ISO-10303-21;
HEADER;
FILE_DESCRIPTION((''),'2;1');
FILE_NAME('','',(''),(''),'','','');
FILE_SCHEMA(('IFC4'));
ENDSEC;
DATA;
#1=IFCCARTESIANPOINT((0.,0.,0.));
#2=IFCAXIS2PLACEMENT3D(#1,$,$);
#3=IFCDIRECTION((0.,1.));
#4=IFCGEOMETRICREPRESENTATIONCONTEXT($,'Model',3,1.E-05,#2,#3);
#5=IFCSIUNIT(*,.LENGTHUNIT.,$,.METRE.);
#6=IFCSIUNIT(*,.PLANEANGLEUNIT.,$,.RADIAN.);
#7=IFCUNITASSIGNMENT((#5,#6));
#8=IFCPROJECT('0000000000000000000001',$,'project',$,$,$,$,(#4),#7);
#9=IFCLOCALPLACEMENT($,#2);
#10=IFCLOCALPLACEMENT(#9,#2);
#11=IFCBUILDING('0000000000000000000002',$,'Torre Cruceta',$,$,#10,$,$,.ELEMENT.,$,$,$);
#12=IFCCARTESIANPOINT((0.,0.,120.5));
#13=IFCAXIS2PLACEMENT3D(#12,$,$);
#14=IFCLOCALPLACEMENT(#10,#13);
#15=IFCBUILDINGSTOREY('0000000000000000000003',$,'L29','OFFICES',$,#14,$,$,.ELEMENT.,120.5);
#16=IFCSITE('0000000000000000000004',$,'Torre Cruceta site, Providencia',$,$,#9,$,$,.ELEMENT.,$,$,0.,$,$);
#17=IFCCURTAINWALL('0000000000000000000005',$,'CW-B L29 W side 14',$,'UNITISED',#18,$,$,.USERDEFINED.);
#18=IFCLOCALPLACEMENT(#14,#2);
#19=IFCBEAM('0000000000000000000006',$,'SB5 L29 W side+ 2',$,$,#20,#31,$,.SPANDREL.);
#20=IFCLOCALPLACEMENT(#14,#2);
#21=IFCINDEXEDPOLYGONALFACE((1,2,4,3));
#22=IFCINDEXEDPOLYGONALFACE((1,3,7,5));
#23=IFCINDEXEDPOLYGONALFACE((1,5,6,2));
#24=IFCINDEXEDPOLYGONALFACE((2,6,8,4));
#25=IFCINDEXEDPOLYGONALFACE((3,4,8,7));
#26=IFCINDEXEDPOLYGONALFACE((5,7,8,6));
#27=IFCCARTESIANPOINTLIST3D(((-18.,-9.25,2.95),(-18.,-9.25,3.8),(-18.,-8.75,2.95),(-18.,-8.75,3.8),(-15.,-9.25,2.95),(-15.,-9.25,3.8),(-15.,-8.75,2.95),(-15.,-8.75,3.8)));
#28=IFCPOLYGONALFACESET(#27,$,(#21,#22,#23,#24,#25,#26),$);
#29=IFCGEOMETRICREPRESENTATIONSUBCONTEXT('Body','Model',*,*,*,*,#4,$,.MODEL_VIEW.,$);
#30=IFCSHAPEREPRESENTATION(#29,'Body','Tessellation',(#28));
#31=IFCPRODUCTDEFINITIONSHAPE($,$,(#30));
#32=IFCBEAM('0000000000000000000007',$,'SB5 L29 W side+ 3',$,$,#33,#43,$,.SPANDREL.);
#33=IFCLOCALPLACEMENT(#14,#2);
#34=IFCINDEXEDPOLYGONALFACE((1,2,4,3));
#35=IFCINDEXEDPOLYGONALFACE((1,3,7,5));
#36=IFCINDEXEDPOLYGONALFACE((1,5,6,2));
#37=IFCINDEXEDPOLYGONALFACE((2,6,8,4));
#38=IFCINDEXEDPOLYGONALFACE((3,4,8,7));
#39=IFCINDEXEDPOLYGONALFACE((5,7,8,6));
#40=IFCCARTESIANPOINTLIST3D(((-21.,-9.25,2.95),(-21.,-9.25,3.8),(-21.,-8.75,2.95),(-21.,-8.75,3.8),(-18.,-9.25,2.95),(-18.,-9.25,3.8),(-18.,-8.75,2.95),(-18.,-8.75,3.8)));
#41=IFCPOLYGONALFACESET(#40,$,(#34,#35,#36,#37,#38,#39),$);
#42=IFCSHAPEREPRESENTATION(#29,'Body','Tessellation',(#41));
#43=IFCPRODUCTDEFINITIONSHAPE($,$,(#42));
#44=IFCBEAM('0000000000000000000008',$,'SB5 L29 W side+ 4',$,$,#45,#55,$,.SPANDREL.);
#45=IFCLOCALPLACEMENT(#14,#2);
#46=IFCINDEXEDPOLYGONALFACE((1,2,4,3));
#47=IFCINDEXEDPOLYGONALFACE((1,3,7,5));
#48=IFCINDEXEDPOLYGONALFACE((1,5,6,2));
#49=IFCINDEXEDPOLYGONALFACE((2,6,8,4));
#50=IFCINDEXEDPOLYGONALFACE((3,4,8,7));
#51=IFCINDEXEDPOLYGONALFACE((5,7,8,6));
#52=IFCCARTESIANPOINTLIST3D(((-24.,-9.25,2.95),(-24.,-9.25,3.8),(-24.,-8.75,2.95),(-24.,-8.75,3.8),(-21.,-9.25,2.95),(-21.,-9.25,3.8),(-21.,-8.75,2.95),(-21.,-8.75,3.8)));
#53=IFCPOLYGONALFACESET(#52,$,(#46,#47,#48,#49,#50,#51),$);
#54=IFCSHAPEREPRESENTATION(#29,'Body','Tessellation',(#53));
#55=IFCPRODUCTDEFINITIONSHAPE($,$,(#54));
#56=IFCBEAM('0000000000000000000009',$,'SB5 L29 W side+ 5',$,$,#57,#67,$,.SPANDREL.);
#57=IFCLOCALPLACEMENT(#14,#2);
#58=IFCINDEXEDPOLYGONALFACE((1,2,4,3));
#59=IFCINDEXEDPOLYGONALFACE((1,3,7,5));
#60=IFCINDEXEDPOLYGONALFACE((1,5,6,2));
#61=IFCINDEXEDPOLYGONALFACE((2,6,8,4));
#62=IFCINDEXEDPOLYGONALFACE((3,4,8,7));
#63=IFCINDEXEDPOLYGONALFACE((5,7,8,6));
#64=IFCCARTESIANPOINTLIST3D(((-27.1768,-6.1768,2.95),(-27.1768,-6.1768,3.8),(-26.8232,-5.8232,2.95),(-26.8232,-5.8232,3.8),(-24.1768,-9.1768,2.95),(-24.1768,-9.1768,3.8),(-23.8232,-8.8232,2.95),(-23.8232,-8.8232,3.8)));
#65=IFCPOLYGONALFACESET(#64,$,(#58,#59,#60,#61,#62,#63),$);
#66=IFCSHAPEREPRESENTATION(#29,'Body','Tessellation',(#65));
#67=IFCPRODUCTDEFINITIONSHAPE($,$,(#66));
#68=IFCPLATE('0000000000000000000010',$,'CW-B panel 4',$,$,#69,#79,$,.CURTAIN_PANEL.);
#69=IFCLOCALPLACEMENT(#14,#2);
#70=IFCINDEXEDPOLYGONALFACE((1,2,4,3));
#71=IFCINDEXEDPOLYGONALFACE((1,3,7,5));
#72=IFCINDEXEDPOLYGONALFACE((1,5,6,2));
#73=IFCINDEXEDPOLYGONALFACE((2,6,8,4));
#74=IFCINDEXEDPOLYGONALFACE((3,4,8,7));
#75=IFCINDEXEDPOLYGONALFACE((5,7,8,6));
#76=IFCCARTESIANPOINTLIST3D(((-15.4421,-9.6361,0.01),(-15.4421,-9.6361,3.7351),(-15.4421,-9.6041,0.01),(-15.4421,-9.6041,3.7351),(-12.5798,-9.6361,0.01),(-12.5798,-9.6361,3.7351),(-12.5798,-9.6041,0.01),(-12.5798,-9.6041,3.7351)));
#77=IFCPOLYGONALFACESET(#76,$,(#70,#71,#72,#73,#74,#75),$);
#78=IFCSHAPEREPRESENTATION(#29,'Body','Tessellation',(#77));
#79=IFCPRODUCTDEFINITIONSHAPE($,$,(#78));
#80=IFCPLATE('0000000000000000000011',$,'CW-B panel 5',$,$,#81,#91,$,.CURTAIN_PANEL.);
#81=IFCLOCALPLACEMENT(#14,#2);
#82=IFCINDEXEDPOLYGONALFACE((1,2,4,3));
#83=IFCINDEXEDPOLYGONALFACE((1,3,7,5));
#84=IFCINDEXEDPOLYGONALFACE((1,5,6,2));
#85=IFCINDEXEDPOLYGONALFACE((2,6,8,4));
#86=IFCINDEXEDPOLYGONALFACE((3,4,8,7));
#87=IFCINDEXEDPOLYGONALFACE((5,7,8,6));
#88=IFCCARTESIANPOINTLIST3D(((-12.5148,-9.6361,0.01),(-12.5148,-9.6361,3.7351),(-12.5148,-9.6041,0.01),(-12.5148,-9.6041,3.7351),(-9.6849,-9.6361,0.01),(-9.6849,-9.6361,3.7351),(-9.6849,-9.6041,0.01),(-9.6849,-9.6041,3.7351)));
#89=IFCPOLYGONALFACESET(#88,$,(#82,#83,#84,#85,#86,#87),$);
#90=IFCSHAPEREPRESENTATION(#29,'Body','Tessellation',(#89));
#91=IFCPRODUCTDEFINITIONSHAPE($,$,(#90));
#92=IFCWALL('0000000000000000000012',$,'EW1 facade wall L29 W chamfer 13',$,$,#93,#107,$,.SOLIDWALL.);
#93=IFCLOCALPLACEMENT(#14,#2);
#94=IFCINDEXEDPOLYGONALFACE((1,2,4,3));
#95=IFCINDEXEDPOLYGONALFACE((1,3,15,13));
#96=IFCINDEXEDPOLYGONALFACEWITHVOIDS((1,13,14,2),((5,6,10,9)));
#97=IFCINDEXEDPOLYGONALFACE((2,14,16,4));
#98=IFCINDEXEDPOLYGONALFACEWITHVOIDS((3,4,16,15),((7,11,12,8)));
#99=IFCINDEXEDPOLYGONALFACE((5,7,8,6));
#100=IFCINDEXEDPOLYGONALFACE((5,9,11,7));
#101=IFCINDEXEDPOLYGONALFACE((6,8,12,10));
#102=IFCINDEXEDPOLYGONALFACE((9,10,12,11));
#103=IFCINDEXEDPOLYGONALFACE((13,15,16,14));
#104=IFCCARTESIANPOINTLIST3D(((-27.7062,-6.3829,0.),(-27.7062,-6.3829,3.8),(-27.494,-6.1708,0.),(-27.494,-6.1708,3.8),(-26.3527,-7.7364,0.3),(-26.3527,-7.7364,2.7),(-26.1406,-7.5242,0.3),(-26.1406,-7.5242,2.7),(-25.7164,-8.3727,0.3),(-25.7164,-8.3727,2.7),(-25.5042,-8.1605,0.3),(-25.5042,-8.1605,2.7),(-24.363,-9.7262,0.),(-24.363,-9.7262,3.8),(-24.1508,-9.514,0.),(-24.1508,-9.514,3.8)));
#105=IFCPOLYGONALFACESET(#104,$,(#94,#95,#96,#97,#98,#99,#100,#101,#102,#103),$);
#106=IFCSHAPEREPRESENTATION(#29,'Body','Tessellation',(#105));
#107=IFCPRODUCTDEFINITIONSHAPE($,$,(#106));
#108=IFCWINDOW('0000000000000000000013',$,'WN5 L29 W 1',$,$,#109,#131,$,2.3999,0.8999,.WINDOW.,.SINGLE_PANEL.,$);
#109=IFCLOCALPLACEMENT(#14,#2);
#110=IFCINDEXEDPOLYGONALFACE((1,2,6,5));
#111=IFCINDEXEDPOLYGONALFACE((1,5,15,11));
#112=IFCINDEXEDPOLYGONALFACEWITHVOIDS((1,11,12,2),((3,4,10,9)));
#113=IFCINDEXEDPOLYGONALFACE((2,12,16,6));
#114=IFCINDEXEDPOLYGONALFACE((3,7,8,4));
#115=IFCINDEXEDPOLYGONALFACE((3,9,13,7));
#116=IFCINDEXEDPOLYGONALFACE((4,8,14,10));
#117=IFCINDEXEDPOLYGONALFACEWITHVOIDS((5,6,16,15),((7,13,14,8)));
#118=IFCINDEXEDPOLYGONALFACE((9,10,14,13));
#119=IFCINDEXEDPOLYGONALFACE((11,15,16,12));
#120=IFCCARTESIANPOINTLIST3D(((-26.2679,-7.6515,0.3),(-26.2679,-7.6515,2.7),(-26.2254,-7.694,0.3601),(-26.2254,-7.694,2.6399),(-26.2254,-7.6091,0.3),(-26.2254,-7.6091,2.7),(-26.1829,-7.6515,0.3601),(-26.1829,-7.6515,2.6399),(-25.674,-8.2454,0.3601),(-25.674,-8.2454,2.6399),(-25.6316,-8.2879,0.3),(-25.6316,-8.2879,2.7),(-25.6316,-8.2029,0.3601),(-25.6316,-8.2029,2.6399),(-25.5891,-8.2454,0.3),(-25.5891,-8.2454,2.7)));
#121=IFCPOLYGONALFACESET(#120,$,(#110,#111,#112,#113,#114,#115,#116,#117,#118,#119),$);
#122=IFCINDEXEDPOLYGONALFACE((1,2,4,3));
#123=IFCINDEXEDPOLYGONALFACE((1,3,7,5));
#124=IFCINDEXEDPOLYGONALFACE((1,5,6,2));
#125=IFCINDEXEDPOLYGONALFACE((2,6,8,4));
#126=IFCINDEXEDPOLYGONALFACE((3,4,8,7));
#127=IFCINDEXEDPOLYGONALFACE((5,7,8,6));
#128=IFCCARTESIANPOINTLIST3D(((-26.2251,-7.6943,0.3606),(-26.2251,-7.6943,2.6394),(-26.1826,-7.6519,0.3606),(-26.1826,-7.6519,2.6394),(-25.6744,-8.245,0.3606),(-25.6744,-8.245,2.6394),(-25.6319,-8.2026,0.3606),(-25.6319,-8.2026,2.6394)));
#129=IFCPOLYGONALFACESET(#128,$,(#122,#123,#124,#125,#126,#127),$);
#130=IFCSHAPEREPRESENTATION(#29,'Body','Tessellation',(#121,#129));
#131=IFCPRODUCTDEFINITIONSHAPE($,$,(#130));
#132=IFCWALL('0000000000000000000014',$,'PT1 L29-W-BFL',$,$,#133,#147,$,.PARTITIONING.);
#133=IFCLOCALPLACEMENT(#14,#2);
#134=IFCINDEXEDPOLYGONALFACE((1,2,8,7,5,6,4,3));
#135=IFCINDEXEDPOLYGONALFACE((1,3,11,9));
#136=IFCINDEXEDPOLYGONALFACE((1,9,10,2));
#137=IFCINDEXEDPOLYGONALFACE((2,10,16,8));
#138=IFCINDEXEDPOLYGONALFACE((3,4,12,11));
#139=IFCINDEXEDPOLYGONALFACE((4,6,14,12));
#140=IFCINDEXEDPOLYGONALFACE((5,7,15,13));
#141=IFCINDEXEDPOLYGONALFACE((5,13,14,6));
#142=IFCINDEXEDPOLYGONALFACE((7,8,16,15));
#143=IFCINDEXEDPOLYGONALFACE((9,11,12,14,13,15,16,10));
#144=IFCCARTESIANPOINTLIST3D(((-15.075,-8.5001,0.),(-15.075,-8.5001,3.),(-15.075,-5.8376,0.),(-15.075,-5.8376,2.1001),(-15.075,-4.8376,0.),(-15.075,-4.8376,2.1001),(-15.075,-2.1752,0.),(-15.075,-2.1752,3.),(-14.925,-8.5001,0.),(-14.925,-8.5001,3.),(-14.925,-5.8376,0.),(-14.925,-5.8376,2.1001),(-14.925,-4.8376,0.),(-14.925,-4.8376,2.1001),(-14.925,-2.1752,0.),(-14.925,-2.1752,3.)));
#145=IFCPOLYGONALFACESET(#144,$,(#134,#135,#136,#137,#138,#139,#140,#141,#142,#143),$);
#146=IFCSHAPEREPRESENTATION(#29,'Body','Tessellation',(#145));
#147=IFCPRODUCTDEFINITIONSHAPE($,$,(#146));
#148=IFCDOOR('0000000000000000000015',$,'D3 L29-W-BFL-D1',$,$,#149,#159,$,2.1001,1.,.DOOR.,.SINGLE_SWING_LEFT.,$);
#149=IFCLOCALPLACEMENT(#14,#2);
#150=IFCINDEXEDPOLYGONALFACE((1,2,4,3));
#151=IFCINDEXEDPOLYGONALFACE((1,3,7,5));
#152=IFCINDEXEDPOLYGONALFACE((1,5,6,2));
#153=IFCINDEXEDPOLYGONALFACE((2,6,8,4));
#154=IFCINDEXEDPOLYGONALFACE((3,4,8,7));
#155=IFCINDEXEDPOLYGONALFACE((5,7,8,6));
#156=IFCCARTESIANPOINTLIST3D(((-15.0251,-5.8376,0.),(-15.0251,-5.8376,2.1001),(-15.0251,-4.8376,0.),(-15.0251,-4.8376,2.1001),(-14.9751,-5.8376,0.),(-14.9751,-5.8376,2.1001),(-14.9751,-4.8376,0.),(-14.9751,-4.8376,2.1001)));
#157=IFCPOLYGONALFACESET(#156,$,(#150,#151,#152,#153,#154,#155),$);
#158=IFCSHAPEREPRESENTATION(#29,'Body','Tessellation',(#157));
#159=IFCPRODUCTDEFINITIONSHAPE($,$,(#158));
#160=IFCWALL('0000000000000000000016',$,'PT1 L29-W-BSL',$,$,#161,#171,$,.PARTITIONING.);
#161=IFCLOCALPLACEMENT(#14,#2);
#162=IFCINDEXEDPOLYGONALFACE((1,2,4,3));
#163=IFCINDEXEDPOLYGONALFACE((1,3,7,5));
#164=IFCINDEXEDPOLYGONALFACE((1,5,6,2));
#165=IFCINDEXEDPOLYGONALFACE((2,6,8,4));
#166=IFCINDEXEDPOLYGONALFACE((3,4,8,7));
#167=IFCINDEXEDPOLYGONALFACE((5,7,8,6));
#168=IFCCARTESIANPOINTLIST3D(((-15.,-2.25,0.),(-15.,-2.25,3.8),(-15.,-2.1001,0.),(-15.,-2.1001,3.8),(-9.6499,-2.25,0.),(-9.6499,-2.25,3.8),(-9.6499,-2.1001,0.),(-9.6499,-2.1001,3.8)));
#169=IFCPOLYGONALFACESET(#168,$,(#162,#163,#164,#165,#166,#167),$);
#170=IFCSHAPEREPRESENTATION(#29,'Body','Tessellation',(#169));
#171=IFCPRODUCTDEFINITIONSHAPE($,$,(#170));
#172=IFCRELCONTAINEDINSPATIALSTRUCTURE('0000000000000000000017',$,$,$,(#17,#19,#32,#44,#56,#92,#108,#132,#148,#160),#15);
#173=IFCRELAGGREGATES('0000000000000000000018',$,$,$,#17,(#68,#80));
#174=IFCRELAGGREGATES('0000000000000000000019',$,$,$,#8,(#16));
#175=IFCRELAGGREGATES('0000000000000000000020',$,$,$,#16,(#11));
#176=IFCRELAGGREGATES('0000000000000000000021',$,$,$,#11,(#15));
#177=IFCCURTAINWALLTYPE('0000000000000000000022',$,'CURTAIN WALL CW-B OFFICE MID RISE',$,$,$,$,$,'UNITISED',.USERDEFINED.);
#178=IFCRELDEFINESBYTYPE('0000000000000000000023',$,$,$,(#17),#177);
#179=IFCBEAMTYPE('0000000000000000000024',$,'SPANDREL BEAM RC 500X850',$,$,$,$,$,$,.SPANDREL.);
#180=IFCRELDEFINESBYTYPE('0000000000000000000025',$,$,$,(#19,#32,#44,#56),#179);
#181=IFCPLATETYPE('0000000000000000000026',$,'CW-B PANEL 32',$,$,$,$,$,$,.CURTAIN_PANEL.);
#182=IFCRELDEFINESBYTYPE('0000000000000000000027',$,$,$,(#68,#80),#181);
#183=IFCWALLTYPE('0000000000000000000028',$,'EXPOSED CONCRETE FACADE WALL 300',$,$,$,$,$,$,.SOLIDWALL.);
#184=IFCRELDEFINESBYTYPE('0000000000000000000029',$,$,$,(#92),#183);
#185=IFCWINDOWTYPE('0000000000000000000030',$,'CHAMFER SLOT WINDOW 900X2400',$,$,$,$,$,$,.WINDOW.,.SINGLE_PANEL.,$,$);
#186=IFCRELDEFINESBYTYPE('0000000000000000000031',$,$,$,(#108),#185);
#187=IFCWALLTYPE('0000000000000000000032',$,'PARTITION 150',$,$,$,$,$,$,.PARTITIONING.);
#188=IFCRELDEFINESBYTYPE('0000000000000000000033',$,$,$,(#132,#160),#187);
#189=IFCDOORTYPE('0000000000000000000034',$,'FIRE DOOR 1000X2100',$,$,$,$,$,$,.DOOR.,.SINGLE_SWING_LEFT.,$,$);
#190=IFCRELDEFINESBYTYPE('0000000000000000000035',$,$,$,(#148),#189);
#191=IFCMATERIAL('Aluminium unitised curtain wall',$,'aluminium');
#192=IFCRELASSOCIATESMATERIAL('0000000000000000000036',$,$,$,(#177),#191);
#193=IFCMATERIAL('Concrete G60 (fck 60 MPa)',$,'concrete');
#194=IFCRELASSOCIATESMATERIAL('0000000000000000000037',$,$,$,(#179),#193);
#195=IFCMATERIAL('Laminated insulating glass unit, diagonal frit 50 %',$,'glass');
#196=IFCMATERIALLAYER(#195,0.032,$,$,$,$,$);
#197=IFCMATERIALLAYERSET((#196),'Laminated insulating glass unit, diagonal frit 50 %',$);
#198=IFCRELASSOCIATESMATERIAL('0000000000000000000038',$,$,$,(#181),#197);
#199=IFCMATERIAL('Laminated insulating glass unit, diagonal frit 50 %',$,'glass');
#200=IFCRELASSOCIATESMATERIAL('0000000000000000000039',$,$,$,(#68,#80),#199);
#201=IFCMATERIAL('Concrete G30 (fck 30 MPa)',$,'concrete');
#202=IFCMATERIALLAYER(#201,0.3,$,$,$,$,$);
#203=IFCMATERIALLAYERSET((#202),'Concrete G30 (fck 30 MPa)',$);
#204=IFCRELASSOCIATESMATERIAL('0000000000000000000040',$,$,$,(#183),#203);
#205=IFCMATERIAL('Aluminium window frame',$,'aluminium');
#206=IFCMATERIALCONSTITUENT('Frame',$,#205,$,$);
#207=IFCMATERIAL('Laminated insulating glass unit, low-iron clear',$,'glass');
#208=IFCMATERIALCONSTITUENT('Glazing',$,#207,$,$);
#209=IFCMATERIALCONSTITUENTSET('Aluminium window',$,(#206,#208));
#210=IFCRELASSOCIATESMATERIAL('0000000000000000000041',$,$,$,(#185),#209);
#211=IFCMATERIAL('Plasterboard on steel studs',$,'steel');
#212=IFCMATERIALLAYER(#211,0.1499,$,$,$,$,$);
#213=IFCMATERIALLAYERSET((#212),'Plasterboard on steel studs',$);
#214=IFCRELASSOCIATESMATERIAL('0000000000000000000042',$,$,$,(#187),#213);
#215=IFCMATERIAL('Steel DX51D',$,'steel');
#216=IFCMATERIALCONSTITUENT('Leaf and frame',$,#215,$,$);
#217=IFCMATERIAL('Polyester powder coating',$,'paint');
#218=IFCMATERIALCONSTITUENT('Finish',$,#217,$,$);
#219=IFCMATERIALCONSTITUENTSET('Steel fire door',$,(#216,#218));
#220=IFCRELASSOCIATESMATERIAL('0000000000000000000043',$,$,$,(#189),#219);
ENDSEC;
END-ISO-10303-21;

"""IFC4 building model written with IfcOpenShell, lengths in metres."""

from ifc_helpers import new_model, si_unit, direction, frame, frame_2d, origin, origin_2d, place, context, subcontext, project, spatial, rectangle, hollow_rectangle, extrude, material, layer, layer_set, constituent, constituent_set, material_profile, profile_set, type_object, element, fill, aggregate, save


model = new_model("IFC4")

# Units and contexts
model_context = context("Model", 3, precision=1e-05, world=origin(), true_north=direction((0.0, 1.0)))
body_context = subcontext(model_context, "Body", "Model", "MODEL_VIEW")
ifc_project = project(units=[si_unit("LENGTHUNIT", "METRE"), si_unit("PLANEANGLEUNIT", "RADIAN")], contexts=[model_context])

# Site, building, storey
site_placement = place(None, origin())
site = spatial("IfcSite", under=ifc_project, at=site_placement, Name="Torre Cruceta site, Providencia", CompositionType="ELEMENT", RefElevation=0.0)
building_placement = place(site_placement, origin())
building = spatial("IfcBuilding", under=site, at=building_placement, Name="Torre Cruceta", CompositionType="ELEMENT")
storey_placement = place(building_placement, frame((0.0, 0.0, 120.5)))
storey = spatial("IfcBuildingStorey", under=building, at=storey_placement, Name="L29", Description="OFFICES", CompositionType="ELEMENT", Elevation=120.5)

# Curtain wall
ifc_material_1 = material(Name="Aluminium unitised curtain wall", Category="aluminium")
curtain_wall_type = type_object("IfcCurtainWallType", Name="CURTAIN WALL CW-B OFFICE MID RISE", ElementType="UNITISED", PredefinedType="USERDEFINED", material=ifc_material_1)
curtain_wall_placement = place(storey_placement, origin())
curtain_wall = element("IfcCurtainWall", 1, at=curtain_wall_placement, inside=storey, type_object=curtain_wall_type, Name="CW-B L29 W side 14", ObjectType="UNITISED", PredefinedType="USERDEFINED")

# Beams
ifc_material_2 = material(Name="Concrete G60 (fck 60 MPa)", Category="concrete")
ifc_material_profile_1 = material_profile(ifc_material_2, rectangle(XDim=0.5, YDim=0.8501, at=origin_2d()), Name="RC 500X850")
ifc_profile_set_1 = profile_set([ifc_material_profile_1], Name="Concrete G60 (fck 60 MPa)")
beam_type_1 = type_object("IfcBeamType", Name="SPANDREL BEAM RC 500X850", PredefinedType="SPANDREL", material=ifc_profile_set_1)
for number, where, z_axis, x_axis, name in (
    (2, (-15.0, -9.0, 3.375), (-1.0, 0.0, 0.0), (0.0, -1.0, 0.0), "SB5 L29 W side+ 2"),
    (3, (-18.0, -9.0, 3.375), (-1.0, 0.0, 0.0), (0.0, -1.0, 0.0), "SB5 L29 W side+ 3"),
    (4, (-21.0, -9.0, 3.375), (-1.0, 0.0, 0.0), (0.0, -1.0, 0.0), "SB5 L29 W side+ 4"),
):
    element("IfcBeam", number, at=place(storey_placement, frame(where, z_axis=z_axis, x_axis=x_axis)), inside=storey, type_object=beam_type_1, Name=name, PredefinedType="SPANDREL", context=body_context, shape_type="SweptSolid", body=[
        extrude(rectangle(XDim=0.5, YDim=0.8501, at=origin_2d()), origin(), (0.0, 0.0, 1.0), 3.0),
    ])
beam_1_placement = place(storey_placement, frame((-24.0, -9.0, 3.375), z_axis=(-0.707107, 0.707107, 0.0), x_axis=(-0.707107, -0.707107, 0.0)))
element("IfcBeam", 5, at=beam_1_placement, inside=storey, type_object=beam_type_1, Name="SB5 L29 W side+ 5", PredefinedType="SPANDREL", context=body_context, shape_type="SweptSolid", body=[
    extrude(rectangle(XDim=0.5, YDim=0.8501, at=origin_2d()), origin(), (0.0, 0.0, 1.0), 4.2427),
])

# Plates
ifc_material_3 = material(Name="Laminated insulating glass unit, diagonal frit 50 %", Category="glass")
ifc_material_4 = material(Name="Laminated insulating glass unit, diagonal frit 50 %", Category="glass")
ifc_layer_1 = layer(ifc_material_4, 0.032)
ifc_layer_set_1 = layer_set([ifc_layer_1], Name="Laminated insulating glass unit, diagonal frit 50 %")
plate_type = type_object("IfcPlateType", Name="CW-B PANEL 32", PredefinedType="CURTAIN_PANEL", material=ifc_layer_set_1)
plate_1_placement = place(storey_placement, frame((-14.011, -9.6201, 0.01), z_axis=(0.0, 0.0, 1.0), x_axis=(1.0, 0.0, 0.0)))
plate_1 = element("IfcPlate", 6, at=plate_1_placement, type_object=plate_type, material=ifc_material_3, Name="CW-B panel 4", PredefinedType="CURTAIN_PANEL", context=body_context, shape_type="SweptSolid", body=[
    extrude(rectangle(XDim=2.8623, YDim=0.032, at=origin_2d()), origin(), (0.0, 0.0, 1.0), 3.7251),
])
plate_2_placement = place(storey_placement, frame((-11.0999, -9.6201, 0.01), z_axis=(0.0, 0.0, 1.0), x_axis=(1.0, 0.0, 0.0)))
plate_2 = element("IfcPlate", 7, at=plate_2_placement, type_object=plate_type, material=ifc_material_3, Name="CW-B panel 5", PredefinedType="CURTAIN_PANEL", context=body_context, shape_type="SweptSolid", body=[
    extrude(rectangle(XDim=2.8298, YDim=0.032, at=origin_2d()), origin(), (0.0, 0.0, 1.0), 3.7251),
])
aggregate(curtain_wall, [plate_1, plate_2])

# Wall, opening, window
ifc_material_5 = material(Name="Concrete G30 (fck 30 MPa)", Category="concrete")
ifc_layer_2 = layer(ifc_material_5, 0.3)
ifc_layer_set_2 = layer_set([ifc_layer_2], Name="Concrete G30 (fck 30 MPa)")
wall_type_1 = type_object("IfcWallType", Name="EXPOSED CONCRETE FACADE WALL 300", PredefinedType="SOLIDWALL", material=ifc_layer_set_2)
wall_1_placement = place(storey_placement, frame((-27.6001, -6.2769, 0.0), z_axis=(0.0, 0.0, 1.0), x_axis=(0.707107, -0.707107, 0.0)))
wall_1 = element("IfcWall", 8, at=wall_1_placement, inside=storey, type_object=wall_type_1, Name="EW1 facade wall L29 W chamfer 13", PredefinedType="SOLIDWALL", context=body_context, shape_type="SweptSolid", body=[
    extrude(rectangle(XDim=4.728, YDim=0.3, at=frame_2d((2.364, 0.0))), origin(), (0.0, 0.0, 1.0), 3.8),
])
opening_1_placement = place(wall_1_placement, frame((1.9141, 0.0, 0.3)))
opening_1 = element("IfcOpeningElement", 9, at=opening_1_placement, cuts=wall_1, PredefinedType="OPENING", context=body_context, shape_type="SweptSolid", body=[
    extrude(rectangle(XDim=0.8999, YDim=2.3999, at=frame_2d((0.45, 1.2))), frame((0.0, 0.1599, 0.0), z_axis=(0.0, -1.0, 0.0), x_axis=(1.0, 0.0, 0.0)), (0.0, 0.0, 1.0), 0.3201),
])
ifc_material_6 = material(Name="Aluminium window frame", Category="aluminium")
ifc_constituent_1 = constituent(ifc_material_6, Name="Frame")
ifc_material_7 = material(Name="Laminated insulating glass unit, low-iron clear", Category="glass")
ifc_constituent_2 = constituent(ifc_material_7, Name="Glazing")
ifc_constituent_set_1 = constituent_set(constituents=[ifc_constituent_1, ifc_constituent_2], Name="Aluminium window")
window_type = type_object("IfcWindowType", Name="CHAMFER SLOT WINDOW 900X2400", PartitioningType="SINGLE_PANEL", PredefinedType="WINDOW", material=ifc_constituent_set_1)
window_placement = place(opening_1_placement, origin())
window = element("IfcWindow", 10, at=window_placement, inside=storey, type_object=window_type, Name="WN5 L29 W 1", OverallHeight=2.3999, OverallWidth=0.8999, PartitioningType="SINGLE_PANEL", PredefinedType="WINDOW", context=body_context, shape_type="SweptSolid", body=[
    extrude(hollow_rectangle(XDim=0.8999, YDim=2.3999, WallThickness=0.0601, at=frame_2d((0.45, 1.2))), frame((0.0, 0.03, 0.0), z_axis=(0.0, -1.0, 0.0), x_axis=(1.0, 0.0, 0.0)), (0.0, 0.0, 1.0), 0.0601),
    extrude(rectangle(XDim=0.7788, YDim=2.2788, at=frame_2d((0.45, 1.2))), frame((0.0, 0.03, 0.0), z_axis=(0.0, -1.0, 0.0), x_axis=(1.0, 0.0, 0.0)), (0.0, 0.0, 1.0), 0.0601),
])
fill(opening_1, window)

# Wall, opening, door
ifc_material_8 = material(Name="Plasterboard on steel studs", Category="steel")
ifc_layer_3 = layer(ifc_material_8, 0.1499)
ifc_layer_set_3 = layer_set([ifc_layer_3], Name="Plasterboard on steel studs")
wall_type_2 = type_object("IfcWallType", Name="PARTITION 150", PredefinedType="PARTITIONING", material=ifc_layer_set_3)
wall_2_placement = place(storey_placement, frame((-15.0, -2.175, 0.0), z_axis=(0.0, 0.0, 1.0), x_axis=(0.0, -1.0, 0.0)))
wall_2 = element("IfcWall", 11, at=wall_2_placement, inside=storey, type_object=wall_type_2, Name="PT1 L29-W-BFL", PredefinedType="PARTITIONING", context=body_context, shape_type="SweptSolid", body=[
    extrude(rectangle(XDim=6.325, YDim=0.1499, at=frame_2d((3.1626, 0.0))), origin(), (0.0, 0.0, 1.0), 3.0),
])
opening_2_placement = place(wall_2_placement, frame((2.6626, 0.0, 0.0)))
opening_2 = element("IfcOpeningElement", 12, at=opening_2_placement, cuts=wall_2, PredefinedType="OPENING", context=body_context, shape_type="SweptSolid", body=[
    extrude(rectangle(XDim=1.0, YDim=2.1001, at=frame_2d((0.5, 1.05))), frame((0.0, 0.085, 0.0), z_axis=(0.0, -1.0, 0.0), x_axis=(1.0, 0.0, 0.0)), (0.0, 0.0, 1.0), 0.1699),
])
ifc_material_9 = material(Name="Steel DX51D", Category="steel")
ifc_constituent_3 = constituent(ifc_material_9, Name="Leaf and frame")
ifc_material_10 = material(Name="Polyester powder coating", Category="paint")
ifc_constituent_4 = constituent(ifc_material_10, Name="Finish")
ifc_constituent_set_2 = constituent_set(constituents=[ifc_constituent_3, ifc_constituent_4], Name="Steel fire door")
door_type = type_object("IfcDoorType", Name="FIRE DOOR 1000X2100", OperationType="SINGLE_SWING_LEFT", PredefinedType="DOOR", material=ifc_constituent_set_2)
door_placement = place(opening_2_placement, origin())
door = element("IfcDoor", 13, at=door_placement, inside=storey, type_object=door_type, Name="D3 L29-W-BFL-D1", OperationType="SINGLE_SWING_LEFT", OverallHeight=2.1001, OverallWidth=1.0, PredefinedType="DOOR", context=body_context, shape_type="SweptSolid", body=[
    extrude(rectangle(XDim=1.0, YDim=2.1001, at=frame_2d((0.5, 1.05))), frame((0.0, 0.0249, 0.0), z_axis=(0.0, -1.0, 0.0), x_axis=(1.0, 0.0, 0.0)), (0.0, 0.0, 1.0), 0.05),
])
fill(opening_2, door)

# Wall
wall_3_placement = place(storey_placement, frame((-9.6499, -2.175, 0.0), z_axis=(0.0, 0.0, 1.0), x_axis=(-1.0, 0.0, 0.0)))
element("IfcWall", 14, at=wall_3_placement, inside=storey, type_object=wall_type_2, Name="PT1 L29-W-BSL", PredefinedType="PARTITIONING", context=body_context, shape_type="SweptSolid", body=[
    extrude(rectangle(XDim=5.3501, YDim=0.1499, at=frame_2d((2.675, 0.0))), origin(), (0.0, 0.0, 1.0), 3.8),
])

save(model, "model.ifc")
